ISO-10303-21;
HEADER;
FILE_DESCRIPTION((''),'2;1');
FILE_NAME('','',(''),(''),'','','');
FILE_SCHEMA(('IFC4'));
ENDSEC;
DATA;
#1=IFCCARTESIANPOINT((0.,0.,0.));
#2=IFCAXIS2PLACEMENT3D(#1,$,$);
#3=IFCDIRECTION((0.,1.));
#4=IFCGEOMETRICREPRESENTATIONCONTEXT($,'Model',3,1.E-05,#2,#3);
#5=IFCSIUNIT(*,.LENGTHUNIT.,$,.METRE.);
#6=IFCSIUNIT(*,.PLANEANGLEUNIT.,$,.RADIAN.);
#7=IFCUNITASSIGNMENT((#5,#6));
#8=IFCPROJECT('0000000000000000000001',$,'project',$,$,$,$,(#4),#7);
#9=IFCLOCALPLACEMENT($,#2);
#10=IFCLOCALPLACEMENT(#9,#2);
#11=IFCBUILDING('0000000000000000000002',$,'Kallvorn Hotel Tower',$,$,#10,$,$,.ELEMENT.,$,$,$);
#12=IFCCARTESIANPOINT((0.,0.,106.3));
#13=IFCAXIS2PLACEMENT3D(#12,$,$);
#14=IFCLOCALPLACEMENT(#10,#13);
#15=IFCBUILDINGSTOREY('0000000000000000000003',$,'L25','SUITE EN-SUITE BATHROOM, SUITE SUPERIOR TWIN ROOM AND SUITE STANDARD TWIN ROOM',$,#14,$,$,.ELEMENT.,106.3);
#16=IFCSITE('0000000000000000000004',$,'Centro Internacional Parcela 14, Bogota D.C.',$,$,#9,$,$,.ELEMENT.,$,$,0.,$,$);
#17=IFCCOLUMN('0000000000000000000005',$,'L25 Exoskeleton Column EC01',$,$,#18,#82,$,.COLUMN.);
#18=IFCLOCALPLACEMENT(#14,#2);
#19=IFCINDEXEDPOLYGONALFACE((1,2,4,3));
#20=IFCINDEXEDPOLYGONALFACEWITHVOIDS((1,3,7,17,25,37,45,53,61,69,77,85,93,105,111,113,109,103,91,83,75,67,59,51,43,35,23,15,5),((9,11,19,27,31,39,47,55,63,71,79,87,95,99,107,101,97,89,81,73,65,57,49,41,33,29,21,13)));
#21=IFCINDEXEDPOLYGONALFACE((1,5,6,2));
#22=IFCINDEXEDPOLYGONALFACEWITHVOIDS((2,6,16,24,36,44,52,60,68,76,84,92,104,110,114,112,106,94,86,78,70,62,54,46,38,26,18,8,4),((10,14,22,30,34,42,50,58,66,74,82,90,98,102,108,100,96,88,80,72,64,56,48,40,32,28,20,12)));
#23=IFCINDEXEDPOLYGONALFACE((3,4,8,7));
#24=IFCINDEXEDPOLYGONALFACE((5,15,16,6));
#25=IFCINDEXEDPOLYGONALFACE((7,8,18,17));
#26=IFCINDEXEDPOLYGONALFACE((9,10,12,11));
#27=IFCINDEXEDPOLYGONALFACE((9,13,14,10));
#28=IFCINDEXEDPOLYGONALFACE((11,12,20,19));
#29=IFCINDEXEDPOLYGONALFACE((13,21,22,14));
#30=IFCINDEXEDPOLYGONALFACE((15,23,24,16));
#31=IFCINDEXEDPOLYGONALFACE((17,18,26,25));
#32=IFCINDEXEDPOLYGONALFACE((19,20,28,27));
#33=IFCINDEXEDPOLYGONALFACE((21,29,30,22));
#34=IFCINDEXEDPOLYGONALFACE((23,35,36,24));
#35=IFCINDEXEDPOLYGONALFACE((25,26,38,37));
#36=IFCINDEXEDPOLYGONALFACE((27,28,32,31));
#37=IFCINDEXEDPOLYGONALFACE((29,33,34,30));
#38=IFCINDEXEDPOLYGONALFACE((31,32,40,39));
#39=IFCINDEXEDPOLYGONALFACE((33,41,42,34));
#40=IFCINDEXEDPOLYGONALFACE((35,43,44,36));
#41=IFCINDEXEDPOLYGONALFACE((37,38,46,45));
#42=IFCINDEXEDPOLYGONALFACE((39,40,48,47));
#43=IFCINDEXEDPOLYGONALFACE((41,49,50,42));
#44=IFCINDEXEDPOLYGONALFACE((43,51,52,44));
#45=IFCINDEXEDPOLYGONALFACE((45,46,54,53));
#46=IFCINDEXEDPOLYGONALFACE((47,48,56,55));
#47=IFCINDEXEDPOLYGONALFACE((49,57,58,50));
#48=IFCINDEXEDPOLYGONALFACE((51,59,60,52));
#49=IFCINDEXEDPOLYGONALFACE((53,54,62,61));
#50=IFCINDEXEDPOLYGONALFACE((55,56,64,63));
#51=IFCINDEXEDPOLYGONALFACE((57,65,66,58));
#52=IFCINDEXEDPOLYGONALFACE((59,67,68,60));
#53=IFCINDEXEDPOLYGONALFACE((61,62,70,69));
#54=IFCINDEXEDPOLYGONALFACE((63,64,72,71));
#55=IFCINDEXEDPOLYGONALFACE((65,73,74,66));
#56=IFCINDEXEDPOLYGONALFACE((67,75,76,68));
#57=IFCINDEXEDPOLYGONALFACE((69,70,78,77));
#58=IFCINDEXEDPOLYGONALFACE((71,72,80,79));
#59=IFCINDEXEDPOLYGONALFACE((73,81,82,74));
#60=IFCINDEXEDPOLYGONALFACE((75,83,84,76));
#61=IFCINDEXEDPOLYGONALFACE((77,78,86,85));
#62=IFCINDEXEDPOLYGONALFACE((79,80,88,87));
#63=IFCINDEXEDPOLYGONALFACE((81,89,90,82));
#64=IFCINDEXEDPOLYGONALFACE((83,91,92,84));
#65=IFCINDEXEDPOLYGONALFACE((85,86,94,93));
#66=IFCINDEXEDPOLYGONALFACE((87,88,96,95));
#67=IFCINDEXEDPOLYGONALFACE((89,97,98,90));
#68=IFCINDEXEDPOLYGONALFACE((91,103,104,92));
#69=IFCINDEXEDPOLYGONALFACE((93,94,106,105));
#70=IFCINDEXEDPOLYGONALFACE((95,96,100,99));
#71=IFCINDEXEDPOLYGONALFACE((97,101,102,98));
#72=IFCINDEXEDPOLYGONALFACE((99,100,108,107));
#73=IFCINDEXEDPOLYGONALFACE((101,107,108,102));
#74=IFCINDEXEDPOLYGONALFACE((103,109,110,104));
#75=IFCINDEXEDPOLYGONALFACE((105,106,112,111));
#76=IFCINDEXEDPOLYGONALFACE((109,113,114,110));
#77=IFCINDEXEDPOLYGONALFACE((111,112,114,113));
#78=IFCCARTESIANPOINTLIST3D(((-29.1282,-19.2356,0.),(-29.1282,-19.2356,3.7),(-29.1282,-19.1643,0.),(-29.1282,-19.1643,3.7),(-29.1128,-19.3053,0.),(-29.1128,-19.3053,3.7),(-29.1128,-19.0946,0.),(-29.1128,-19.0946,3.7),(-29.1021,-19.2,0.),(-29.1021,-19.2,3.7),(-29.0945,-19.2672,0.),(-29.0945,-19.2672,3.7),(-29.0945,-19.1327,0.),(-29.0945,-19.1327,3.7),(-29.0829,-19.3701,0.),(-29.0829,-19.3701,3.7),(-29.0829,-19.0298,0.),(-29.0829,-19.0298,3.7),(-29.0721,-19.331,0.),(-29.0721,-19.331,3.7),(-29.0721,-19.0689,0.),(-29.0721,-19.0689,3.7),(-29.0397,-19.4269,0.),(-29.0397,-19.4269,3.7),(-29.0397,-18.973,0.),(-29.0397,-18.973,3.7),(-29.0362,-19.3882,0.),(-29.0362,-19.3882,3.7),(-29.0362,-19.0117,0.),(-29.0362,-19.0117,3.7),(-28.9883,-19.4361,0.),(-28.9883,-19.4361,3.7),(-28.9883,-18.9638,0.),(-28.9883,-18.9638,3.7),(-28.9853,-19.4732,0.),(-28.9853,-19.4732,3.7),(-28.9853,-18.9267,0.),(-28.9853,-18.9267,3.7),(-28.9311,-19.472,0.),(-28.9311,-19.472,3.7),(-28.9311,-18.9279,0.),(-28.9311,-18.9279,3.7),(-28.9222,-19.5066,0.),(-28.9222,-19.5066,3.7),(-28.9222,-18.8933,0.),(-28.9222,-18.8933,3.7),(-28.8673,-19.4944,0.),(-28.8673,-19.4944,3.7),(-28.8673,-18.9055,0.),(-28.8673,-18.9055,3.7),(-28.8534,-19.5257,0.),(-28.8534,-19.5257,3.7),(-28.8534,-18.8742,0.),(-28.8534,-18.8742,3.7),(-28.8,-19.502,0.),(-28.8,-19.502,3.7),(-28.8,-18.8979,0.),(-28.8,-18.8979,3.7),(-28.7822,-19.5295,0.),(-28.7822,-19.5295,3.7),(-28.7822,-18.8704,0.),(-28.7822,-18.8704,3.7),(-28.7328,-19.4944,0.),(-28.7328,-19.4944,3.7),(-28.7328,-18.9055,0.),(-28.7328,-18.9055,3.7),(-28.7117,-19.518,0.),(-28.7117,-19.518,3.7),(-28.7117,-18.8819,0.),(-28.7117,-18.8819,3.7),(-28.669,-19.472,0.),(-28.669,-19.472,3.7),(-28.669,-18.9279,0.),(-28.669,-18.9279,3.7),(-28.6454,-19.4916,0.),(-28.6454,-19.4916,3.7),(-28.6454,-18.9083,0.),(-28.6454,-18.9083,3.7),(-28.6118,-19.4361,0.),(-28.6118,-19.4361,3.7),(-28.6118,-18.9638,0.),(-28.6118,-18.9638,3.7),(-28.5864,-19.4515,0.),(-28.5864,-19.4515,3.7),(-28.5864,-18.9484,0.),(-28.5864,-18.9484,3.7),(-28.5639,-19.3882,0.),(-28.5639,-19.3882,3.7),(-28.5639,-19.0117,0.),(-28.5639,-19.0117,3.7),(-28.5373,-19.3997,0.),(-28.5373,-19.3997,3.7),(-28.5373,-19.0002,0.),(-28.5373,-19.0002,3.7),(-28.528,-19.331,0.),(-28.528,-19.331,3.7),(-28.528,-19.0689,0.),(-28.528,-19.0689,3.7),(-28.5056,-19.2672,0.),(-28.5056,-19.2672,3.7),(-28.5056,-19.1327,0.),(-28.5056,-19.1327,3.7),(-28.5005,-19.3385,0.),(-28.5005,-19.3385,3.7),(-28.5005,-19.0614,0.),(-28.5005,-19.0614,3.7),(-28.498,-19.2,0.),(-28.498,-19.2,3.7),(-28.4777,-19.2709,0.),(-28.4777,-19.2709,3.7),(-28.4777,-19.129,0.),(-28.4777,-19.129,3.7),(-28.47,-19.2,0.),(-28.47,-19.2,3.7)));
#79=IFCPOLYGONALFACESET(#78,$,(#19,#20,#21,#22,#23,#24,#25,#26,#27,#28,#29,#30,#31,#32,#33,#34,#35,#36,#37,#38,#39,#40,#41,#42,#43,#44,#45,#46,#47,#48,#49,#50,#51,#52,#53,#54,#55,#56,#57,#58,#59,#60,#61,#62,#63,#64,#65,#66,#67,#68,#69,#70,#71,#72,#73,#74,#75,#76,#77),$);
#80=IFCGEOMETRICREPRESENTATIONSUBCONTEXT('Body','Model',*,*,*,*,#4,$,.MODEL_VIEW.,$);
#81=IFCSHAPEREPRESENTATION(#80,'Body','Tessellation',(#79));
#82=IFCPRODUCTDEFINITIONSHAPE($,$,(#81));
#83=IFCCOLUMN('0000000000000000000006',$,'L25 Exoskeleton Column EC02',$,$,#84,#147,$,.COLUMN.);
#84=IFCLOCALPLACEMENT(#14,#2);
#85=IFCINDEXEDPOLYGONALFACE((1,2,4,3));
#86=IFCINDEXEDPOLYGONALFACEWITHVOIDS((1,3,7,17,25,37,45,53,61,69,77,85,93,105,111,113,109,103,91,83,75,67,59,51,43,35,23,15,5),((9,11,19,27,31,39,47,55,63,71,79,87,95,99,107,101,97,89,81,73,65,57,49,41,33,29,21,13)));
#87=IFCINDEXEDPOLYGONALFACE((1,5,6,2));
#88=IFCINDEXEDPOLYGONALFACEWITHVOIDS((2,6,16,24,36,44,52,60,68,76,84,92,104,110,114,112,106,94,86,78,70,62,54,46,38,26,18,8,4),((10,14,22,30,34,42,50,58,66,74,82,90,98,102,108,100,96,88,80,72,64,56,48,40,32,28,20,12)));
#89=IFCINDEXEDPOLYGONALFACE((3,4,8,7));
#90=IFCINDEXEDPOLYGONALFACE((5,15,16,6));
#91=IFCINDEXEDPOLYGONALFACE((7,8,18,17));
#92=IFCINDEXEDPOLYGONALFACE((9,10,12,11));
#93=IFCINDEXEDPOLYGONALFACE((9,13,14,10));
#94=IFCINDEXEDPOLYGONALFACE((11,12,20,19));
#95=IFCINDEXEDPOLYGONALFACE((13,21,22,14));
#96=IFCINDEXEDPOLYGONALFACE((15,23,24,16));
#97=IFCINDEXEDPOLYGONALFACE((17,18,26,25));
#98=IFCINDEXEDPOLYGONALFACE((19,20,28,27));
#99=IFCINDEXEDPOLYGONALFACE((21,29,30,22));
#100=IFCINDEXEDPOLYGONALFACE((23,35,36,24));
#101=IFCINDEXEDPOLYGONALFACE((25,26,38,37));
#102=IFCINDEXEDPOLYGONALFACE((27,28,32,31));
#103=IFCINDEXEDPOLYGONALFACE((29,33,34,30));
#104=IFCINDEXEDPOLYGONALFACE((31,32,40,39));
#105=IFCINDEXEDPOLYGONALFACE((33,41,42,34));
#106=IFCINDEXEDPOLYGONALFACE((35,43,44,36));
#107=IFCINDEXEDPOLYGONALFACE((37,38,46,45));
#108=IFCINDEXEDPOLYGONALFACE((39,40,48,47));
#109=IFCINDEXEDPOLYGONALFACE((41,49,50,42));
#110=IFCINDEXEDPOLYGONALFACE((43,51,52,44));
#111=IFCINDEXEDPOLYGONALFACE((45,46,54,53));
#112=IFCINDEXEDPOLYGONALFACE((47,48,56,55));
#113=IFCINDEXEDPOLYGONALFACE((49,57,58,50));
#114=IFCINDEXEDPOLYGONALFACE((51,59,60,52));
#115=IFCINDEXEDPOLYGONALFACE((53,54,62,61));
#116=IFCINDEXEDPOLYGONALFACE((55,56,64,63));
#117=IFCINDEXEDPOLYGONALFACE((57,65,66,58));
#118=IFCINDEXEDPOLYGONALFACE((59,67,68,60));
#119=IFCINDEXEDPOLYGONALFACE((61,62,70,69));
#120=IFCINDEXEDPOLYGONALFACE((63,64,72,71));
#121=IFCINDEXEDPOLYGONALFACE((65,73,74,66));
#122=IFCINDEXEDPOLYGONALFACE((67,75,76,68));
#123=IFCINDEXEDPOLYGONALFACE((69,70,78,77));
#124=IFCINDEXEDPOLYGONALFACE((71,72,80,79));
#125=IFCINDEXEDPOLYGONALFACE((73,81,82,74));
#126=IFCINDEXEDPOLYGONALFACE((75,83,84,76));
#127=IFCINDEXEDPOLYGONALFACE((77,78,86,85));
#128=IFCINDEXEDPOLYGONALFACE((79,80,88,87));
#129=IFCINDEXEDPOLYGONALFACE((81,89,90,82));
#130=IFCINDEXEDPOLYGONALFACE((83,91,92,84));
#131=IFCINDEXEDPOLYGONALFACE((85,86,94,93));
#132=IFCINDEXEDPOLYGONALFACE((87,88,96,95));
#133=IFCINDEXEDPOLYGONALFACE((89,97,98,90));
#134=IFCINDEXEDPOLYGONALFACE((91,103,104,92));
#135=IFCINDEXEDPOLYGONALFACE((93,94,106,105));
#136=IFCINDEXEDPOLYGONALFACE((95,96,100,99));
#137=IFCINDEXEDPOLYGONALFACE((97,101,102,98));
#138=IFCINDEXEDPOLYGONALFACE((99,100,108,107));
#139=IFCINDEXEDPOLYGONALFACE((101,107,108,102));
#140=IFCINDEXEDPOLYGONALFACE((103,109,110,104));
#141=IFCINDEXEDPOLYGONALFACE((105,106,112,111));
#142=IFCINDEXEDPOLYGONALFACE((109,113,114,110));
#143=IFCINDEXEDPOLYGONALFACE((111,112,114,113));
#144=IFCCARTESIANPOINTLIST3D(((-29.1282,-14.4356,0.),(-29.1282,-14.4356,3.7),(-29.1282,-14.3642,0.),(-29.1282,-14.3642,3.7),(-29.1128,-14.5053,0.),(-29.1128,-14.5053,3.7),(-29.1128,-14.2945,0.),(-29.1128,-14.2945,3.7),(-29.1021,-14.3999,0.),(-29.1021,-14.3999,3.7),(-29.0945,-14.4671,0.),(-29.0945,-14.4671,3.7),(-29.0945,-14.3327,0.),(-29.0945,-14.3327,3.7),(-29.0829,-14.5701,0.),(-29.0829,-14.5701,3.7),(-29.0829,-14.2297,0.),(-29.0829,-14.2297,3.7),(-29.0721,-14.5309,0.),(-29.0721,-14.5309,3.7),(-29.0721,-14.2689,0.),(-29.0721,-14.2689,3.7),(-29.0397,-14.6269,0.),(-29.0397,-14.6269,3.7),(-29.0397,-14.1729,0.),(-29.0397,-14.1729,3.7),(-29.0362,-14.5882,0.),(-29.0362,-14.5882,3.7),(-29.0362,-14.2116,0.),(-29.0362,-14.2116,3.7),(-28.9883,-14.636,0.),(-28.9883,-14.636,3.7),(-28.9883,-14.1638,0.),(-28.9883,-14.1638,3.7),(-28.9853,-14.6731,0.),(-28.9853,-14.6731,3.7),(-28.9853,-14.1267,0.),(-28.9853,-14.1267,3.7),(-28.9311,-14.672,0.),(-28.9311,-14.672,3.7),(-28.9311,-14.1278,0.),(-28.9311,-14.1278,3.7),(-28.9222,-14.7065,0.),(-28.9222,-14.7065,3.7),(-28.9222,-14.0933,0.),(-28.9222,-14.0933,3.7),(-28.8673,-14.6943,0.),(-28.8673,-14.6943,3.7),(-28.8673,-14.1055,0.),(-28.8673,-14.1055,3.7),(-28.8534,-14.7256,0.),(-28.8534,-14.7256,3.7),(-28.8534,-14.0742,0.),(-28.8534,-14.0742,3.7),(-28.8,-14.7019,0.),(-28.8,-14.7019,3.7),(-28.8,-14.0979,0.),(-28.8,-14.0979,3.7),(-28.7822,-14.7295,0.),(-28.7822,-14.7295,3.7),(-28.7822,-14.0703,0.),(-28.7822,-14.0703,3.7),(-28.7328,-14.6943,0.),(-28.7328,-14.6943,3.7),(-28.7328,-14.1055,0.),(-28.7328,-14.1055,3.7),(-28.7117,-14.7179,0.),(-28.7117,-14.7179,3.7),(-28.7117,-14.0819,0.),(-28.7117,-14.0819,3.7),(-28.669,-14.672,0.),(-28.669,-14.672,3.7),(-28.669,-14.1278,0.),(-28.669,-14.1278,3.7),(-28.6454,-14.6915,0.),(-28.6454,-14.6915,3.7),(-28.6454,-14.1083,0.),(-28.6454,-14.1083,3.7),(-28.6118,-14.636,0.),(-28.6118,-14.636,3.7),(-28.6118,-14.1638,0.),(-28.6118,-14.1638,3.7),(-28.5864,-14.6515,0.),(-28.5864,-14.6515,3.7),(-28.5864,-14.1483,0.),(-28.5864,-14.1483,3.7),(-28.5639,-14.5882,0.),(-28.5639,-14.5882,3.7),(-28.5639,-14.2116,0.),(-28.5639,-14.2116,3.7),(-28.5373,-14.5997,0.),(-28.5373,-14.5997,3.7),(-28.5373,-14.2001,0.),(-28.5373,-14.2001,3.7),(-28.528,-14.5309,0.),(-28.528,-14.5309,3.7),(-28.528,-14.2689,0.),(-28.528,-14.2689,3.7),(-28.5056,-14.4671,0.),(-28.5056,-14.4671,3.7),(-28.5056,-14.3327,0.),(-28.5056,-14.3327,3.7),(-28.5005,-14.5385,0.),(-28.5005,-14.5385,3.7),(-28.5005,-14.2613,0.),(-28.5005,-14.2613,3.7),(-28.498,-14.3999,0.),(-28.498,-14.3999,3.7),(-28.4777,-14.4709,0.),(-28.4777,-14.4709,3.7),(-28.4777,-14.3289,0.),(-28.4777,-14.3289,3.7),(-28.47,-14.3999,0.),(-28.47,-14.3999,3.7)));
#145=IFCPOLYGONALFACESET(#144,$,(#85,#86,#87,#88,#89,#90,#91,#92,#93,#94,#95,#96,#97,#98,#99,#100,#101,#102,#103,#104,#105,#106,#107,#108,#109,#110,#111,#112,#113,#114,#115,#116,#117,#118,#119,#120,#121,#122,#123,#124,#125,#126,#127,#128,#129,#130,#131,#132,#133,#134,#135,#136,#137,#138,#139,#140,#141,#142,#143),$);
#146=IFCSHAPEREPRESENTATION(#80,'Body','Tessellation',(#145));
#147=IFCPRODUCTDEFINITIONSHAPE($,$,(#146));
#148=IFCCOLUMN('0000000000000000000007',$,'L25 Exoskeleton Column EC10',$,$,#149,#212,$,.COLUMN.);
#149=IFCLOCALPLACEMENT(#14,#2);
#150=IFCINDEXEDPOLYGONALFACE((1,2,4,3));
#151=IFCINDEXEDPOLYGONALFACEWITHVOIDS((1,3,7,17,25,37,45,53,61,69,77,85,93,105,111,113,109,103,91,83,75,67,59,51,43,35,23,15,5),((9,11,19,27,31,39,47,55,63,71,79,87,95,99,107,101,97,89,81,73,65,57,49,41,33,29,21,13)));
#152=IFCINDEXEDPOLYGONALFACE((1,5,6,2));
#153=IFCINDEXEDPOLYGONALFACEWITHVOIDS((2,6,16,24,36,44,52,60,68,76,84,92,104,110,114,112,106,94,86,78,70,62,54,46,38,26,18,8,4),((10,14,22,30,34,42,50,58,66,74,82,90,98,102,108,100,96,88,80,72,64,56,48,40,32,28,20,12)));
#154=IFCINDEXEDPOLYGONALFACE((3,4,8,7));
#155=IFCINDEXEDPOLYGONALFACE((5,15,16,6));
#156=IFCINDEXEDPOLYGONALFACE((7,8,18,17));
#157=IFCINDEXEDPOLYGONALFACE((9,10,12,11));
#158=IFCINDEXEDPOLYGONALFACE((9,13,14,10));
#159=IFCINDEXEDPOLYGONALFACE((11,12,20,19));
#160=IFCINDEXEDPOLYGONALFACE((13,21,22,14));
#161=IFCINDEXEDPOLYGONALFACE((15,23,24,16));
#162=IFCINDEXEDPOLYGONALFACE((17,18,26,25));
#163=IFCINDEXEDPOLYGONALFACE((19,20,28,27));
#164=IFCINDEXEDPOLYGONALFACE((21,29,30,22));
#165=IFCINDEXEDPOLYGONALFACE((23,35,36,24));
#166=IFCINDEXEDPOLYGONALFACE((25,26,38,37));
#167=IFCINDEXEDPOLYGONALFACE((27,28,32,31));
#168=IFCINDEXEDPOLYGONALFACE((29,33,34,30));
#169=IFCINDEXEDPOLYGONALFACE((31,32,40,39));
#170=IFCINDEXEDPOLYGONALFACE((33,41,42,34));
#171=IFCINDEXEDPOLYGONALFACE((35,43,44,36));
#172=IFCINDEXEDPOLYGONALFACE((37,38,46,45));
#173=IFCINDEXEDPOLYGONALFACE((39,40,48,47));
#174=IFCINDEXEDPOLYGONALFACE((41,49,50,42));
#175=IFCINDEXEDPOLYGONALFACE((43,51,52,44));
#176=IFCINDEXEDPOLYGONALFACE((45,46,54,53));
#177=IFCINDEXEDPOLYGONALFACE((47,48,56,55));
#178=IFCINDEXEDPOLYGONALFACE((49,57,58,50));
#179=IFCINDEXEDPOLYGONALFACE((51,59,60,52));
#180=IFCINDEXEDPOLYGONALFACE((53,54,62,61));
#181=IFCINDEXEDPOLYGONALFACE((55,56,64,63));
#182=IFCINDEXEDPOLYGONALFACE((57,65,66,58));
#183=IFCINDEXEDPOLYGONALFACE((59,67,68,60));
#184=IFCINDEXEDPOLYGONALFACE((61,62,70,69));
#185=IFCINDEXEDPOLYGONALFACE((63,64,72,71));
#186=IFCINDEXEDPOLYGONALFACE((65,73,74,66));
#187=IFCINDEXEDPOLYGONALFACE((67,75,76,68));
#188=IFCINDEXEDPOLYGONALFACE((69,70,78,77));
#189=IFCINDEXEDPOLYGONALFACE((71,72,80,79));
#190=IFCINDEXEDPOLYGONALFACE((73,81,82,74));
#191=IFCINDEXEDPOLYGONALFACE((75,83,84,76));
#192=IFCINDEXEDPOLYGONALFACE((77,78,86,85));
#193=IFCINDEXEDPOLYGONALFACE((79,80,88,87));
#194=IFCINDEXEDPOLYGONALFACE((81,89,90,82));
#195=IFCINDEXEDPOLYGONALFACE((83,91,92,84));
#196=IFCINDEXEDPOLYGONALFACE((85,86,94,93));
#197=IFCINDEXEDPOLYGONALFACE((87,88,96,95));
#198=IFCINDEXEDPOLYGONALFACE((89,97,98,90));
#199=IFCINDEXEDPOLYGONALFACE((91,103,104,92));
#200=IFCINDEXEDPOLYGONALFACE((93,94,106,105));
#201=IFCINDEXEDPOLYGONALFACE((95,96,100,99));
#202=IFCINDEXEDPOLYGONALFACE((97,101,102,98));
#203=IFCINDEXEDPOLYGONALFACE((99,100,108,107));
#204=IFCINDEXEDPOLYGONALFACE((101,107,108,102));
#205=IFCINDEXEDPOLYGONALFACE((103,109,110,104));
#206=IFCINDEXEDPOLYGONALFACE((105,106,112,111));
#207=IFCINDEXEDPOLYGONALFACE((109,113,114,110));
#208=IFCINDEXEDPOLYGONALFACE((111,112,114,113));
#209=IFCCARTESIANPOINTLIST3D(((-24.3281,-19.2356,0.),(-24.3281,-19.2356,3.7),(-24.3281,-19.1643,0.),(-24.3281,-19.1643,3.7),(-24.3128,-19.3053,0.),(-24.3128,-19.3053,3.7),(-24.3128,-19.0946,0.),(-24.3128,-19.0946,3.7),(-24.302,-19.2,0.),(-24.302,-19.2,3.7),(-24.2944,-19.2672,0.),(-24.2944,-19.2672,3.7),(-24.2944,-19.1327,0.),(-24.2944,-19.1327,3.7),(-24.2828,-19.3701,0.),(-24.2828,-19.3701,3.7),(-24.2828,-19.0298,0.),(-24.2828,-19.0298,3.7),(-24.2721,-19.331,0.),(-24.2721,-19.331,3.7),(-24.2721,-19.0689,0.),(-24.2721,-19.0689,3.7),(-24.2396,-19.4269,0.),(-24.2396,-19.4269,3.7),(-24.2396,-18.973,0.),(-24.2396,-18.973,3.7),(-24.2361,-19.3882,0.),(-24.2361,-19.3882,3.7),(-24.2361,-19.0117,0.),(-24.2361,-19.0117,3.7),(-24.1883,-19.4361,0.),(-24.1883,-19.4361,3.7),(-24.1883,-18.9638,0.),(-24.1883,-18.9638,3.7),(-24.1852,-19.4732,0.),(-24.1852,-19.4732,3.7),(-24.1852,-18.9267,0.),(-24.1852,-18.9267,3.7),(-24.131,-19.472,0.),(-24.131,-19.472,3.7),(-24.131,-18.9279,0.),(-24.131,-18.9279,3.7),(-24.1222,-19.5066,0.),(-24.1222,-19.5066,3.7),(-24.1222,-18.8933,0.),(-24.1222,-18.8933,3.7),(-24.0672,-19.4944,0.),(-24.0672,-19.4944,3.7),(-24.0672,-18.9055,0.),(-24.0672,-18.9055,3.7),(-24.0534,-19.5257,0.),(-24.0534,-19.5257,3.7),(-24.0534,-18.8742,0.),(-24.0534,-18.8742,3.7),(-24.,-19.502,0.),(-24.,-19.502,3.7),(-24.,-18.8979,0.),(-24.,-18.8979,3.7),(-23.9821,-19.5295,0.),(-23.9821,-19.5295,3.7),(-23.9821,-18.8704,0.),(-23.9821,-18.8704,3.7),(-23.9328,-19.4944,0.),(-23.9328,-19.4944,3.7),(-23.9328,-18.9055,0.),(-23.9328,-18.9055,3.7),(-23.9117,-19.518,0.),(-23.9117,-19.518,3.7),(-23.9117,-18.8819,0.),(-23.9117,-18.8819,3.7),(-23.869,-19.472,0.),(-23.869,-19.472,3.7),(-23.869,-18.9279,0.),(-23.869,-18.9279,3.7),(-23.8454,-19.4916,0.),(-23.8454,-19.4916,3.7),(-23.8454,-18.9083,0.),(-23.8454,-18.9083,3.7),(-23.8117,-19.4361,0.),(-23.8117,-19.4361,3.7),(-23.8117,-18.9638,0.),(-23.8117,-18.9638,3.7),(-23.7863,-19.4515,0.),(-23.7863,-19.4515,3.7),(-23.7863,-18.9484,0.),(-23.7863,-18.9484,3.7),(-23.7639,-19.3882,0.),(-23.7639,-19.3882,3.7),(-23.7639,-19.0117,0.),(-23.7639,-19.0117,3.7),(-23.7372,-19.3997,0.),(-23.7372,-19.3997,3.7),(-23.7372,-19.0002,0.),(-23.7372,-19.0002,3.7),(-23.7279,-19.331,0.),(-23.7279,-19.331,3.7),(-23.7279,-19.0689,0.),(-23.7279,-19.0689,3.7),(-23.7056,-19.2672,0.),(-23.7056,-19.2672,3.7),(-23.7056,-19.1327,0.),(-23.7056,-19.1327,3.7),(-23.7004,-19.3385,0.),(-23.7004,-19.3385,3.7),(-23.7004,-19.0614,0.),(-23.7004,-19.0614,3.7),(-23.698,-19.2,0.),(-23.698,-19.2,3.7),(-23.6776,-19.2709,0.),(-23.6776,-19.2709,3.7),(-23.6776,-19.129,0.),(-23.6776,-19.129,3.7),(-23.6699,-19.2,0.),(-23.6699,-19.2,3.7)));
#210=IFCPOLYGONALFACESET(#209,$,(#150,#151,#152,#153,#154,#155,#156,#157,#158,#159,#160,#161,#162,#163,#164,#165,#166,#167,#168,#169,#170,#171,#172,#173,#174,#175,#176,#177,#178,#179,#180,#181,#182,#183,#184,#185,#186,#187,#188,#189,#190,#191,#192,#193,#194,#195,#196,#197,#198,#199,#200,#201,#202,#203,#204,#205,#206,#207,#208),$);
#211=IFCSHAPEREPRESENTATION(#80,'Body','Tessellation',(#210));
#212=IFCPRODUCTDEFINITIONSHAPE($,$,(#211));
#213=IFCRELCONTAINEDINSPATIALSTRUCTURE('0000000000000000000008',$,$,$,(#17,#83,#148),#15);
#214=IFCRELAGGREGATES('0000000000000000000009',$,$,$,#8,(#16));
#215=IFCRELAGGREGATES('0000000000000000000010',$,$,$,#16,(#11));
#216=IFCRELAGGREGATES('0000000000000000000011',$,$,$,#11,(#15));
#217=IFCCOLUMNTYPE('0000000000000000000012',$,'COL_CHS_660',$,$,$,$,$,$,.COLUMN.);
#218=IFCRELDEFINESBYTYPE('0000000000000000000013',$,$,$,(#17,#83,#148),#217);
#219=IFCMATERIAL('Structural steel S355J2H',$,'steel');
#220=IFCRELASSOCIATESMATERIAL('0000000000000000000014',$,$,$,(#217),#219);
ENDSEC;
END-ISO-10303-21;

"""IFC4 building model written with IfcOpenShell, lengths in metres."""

from ifc_helpers import new_model, si_unit, direction, frame, origin, origin_2d, place, context, subcontext, project, spatial, hollow_circle, extrude, material, material_profile, profile_set, type_object, element, save


model = new_model("IFC4")

# Units and contexts
model_context = context("Model", 3, precision=1e-05, world=origin(), true_north=direction((0.0, 1.0)))
body_context = subcontext(model_context, "Body", "Model", "MODEL_VIEW")
ifc_project = project(units=[si_unit("LENGTHUNIT", "METRE"), si_unit("PLANEANGLEUNIT", "RADIAN")], contexts=[model_context])

# Site, building, storey
site_placement = place(None, origin())
site = spatial("IfcSite", under=ifc_project, at=site_placement, Name="Centro Internacional Parcela 14, Bogota D.C.", CompositionType="ELEMENT", RefElevation=0.0)
building_placement = place(site_placement, origin())
building = spatial("IfcBuilding", under=site, at=building_placement, Name="Kallvorn Hotel Tower", CompositionType="ELEMENT")
storey_placement = place(building_placement, frame((0.0, 0.0, 106.3)))
storey = spatial("IfcBuildingStorey", under=building, at=storey_placement, Name="L25", Description="SUITE EN-SUITE BATHROOM, SUITE SUPERIOR TWIN ROOM AND SUITE STANDARD TWIN ROOM", CompositionType="ELEMENT", Elevation=106.3)

# Columns
ifc_material_1 = material(Name="Structural steel S355J2H", Category="steel")
ifc_material_profile_1 = material_profile(ifc_material_1, hollow_circle(Radius=0.3301, WallThickness=0.0281, at=origin_2d()), Name="CHS 660x28")
ifc_profile_set_1 = profile_set([ifc_material_profile_1], Name="Structural steel S355J2H")
column_type_1 = type_object("IfcColumnType", Name="COL_CHS_660", PredefinedType="COLUMN", material=ifc_profile_set_1)
for number, where, z_axis, x_axis, name in (
    (1, (-28.8, -19.2, 0.0), (0.0, 0.0, 1.0), (1.0, 0.0, 0.0), "L25 Exoskeleton Column EC01"),
    (2, (-28.8, -14.3999, 0.0), (0.0, 0.0, 1.0), (1.0, 0.0, 0.0), "L25 Exoskeleton Column EC02"),
    (3, (-24.0, -19.2, 0.0), (0.0, 0.0, 1.0), (1.0, 0.0, 0.0), "L25 Exoskeleton Column EC10"),
):
    element("IfcColumn", number, at=place(storey_placement, frame(where, z_axis=z_axis, x_axis=x_axis)), inside=storey, type_object=column_type_1, Name=name, PredefinedType="COLUMN", context=body_context, shape_type="SweptSolid", body=[
        extrude(hollow_circle(Radius=0.3301, WallThickness=0.0281, at=origin_2d()), origin(), (0.0, 0.0, 1.0), 3.7),
    ])

save(model, "model.ifc")
